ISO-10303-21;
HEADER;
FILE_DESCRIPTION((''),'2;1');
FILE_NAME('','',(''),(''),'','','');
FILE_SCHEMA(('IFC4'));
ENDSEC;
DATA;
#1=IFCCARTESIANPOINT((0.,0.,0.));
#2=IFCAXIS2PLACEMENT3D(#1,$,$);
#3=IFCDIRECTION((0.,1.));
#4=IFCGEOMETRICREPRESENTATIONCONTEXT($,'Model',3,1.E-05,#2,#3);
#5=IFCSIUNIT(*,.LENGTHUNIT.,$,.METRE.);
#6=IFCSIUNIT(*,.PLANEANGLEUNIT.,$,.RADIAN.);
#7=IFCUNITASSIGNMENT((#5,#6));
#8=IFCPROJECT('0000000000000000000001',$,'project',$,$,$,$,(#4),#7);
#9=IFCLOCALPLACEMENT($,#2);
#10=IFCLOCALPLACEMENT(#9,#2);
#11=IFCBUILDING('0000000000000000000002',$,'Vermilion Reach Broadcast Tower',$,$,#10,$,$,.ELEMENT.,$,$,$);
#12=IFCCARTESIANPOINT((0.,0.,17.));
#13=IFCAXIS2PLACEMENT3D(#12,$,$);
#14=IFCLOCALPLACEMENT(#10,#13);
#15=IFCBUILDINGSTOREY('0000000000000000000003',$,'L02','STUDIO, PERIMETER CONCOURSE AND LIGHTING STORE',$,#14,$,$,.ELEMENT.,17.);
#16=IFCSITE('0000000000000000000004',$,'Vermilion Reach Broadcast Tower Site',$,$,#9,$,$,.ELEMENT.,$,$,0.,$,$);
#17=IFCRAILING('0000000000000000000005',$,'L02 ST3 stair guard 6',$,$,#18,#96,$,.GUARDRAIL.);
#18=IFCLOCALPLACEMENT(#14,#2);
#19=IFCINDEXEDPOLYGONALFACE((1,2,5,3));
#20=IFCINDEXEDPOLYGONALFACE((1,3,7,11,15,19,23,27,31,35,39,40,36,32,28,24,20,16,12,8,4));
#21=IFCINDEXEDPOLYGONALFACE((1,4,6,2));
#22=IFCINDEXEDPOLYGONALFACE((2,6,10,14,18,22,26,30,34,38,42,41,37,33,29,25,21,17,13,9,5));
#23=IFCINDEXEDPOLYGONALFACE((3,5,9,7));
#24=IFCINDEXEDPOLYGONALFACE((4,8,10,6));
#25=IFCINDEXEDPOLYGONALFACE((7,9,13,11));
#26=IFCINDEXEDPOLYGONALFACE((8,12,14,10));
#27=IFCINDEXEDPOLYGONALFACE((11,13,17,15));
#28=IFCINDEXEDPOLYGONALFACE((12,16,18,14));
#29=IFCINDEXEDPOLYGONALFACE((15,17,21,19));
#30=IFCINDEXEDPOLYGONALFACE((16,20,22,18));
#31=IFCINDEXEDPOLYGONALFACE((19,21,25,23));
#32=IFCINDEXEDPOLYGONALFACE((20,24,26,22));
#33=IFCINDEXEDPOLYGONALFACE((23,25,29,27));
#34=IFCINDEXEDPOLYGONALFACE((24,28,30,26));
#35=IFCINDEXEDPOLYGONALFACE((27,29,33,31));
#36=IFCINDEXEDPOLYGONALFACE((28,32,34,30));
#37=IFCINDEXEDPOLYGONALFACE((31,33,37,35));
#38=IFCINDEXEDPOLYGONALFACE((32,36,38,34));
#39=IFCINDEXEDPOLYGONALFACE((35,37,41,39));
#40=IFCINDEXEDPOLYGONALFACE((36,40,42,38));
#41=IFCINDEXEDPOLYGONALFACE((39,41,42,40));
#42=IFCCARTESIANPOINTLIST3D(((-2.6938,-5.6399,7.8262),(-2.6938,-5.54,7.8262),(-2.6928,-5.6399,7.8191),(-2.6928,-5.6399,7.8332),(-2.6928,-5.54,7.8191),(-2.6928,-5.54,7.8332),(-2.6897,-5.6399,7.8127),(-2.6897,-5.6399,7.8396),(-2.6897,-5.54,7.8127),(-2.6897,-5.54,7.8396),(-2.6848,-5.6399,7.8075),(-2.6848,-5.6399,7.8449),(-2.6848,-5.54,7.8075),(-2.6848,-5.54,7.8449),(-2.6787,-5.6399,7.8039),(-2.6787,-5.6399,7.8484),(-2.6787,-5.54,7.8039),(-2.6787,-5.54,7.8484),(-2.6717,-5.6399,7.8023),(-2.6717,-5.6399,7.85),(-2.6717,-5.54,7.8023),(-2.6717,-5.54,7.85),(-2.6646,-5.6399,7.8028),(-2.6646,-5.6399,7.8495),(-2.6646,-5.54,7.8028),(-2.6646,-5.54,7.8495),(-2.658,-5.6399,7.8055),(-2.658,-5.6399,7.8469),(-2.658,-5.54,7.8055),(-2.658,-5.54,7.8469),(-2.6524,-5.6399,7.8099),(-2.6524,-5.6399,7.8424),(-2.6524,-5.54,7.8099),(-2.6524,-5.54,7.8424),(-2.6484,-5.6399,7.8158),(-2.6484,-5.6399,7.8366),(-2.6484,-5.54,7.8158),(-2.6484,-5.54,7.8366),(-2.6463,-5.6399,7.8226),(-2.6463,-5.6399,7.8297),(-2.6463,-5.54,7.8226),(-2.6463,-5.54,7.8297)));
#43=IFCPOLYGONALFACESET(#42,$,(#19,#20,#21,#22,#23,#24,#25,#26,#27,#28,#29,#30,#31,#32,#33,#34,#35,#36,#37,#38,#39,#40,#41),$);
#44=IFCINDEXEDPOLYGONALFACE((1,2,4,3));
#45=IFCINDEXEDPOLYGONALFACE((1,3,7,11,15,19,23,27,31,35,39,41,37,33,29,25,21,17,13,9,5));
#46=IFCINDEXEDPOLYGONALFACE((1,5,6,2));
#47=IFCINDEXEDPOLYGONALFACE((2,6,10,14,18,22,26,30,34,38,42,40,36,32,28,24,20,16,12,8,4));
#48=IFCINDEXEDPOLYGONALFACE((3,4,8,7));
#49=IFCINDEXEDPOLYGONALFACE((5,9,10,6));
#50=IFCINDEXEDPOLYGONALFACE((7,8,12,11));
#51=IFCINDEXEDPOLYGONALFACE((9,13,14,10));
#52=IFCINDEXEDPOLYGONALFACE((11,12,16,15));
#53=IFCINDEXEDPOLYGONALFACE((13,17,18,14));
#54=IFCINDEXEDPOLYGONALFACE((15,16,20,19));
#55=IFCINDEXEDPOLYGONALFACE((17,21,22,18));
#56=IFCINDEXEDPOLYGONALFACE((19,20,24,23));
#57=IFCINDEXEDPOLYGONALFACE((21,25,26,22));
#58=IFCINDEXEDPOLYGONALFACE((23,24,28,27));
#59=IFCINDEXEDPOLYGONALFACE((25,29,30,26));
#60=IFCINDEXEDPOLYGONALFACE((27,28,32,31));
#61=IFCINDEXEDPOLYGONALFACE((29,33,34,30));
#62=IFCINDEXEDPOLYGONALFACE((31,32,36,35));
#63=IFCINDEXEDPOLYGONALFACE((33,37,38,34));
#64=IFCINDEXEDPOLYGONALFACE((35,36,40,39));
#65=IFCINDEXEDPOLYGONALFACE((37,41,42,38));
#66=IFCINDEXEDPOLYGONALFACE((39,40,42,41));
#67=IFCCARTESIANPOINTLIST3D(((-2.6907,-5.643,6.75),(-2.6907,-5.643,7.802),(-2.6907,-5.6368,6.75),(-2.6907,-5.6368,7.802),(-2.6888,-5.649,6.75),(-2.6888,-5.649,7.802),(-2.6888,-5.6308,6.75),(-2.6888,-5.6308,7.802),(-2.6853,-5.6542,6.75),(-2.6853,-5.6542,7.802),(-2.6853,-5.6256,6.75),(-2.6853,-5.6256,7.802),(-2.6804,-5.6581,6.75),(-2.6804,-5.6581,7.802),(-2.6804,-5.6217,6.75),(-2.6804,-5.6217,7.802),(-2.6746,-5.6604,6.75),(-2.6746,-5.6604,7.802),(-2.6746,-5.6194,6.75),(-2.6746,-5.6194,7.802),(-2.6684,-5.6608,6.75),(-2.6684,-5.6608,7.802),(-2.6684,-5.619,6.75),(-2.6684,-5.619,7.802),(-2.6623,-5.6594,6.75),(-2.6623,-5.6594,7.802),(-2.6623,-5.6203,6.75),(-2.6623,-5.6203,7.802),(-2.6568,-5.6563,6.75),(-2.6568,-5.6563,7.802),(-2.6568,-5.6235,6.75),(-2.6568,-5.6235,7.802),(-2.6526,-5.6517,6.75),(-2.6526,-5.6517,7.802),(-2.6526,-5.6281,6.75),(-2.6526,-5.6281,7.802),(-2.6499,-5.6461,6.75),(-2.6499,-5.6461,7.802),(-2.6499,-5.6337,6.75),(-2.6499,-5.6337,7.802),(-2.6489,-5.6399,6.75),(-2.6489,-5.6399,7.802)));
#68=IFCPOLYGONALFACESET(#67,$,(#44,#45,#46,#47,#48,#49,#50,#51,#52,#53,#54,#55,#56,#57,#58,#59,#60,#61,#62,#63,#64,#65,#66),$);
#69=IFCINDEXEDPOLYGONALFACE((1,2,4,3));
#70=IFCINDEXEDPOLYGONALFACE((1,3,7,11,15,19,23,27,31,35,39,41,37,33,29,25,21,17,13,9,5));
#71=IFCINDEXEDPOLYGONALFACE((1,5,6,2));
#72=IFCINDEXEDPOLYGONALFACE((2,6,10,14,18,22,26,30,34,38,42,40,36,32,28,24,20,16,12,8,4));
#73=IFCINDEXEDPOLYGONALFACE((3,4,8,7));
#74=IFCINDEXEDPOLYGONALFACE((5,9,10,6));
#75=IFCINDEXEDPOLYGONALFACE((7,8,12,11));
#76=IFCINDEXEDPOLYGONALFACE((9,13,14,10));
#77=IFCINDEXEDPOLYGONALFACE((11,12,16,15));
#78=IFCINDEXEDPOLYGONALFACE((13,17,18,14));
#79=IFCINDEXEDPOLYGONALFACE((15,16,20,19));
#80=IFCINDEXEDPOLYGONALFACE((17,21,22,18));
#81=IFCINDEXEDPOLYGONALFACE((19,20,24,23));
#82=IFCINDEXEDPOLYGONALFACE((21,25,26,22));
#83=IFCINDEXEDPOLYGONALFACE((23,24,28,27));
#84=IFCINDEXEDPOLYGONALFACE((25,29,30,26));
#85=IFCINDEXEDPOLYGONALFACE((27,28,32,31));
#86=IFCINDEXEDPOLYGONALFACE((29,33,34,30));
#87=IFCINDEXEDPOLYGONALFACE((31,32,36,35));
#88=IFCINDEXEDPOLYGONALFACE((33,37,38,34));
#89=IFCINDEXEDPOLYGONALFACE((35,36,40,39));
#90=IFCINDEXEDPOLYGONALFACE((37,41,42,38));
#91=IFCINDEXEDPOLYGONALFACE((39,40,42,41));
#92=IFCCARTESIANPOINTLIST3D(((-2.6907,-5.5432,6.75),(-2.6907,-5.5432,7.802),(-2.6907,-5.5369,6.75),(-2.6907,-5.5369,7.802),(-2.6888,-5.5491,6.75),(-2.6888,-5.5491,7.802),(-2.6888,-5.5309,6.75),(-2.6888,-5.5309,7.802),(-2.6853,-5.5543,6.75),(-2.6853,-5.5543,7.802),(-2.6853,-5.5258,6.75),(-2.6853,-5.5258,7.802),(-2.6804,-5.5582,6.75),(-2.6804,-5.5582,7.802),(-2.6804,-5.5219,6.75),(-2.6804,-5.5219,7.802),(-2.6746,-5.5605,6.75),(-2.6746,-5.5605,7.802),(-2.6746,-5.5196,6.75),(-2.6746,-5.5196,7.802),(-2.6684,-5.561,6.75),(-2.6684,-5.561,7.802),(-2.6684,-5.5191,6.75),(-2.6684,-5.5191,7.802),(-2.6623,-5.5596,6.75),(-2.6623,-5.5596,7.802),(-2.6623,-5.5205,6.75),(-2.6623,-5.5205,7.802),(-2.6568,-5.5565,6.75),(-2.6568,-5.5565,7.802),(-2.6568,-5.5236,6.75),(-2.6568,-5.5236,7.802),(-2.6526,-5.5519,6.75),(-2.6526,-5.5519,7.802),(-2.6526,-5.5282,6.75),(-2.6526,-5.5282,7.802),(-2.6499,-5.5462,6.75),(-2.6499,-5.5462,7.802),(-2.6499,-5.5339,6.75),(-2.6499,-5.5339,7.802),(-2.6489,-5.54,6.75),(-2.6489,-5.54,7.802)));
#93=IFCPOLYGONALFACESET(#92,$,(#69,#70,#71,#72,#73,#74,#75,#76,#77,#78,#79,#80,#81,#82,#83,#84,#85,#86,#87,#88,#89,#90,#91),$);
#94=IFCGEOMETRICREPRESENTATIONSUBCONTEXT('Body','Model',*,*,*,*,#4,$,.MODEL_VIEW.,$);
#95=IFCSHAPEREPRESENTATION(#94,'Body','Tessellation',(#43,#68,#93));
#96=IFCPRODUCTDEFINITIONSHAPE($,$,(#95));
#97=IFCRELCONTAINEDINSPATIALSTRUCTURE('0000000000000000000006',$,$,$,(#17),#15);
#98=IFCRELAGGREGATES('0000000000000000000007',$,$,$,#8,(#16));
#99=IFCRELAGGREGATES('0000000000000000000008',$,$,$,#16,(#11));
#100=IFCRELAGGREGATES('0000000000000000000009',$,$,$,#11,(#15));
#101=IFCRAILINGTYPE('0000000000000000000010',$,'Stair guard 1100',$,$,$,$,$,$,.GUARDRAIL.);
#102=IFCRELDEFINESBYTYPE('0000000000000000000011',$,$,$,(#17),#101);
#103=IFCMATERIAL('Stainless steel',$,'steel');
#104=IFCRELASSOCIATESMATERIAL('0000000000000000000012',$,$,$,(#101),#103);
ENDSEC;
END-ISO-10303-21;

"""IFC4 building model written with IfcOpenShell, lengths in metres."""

from ifc_helpers import new_model, si_unit, direction, frame, origin, origin_2d, place, context, subcontext, project, spatial, circle, extrude, material, type_object, element, save


model = new_model("IFC4")

# Units and contexts
model_context = context("Model", 3, precision=1e-05, world=origin(), true_north=direction((0.0, 1.0)))
body_context = subcontext(model_context, "Body", "Model", "MODEL_VIEW")
ifc_project = project(units=[si_unit("LENGTHUNIT", "METRE"), si_unit("PLANEANGLEUNIT", "RADIAN")], contexts=[model_context])

# Site, building, storey
site_placement = place(None, origin())
site = spatial("IfcSite", under=ifc_project, at=site_placement, Name="Vermilion Reach Broadcast Tower Site", CompositionType="ELEMENT", RefElevation=0.0)
building_placement = place(site_placement, origin())
building = spatial("IfcBuilding", under=site, at=building_placement, Name="Vermilion Reach Broadcast Tower", CompositionType="ELEMENT")
storey_placement = place(building_placement, frame((0.0, 0.0, 17.0)))
storey = spatial("IfcBuildingStorey", under=building, at=storey_placement, Name="L02", Description="STUDIO, PERIMETER CONCOURSE AND LIGHTING STORE", CompositionType="ELEMENT", Elevation=17.0)

# Railing
ifc_material_1 = material(Name="Stainless steel", Category="steel")
railing_type_1 = type_object("IfcRailingType", Name="Stair guard 1100", PredefinedType="GUARDRAIL", material=ifc_material_1)
railing_1_placement = place(storey_placement, frame((-2.6699, -5.6399, 6.75)))
element("IfcRailing", 1, at=railing_1_placement, inside=storey, type_object=railing_type_1, Name="L02 ST3 stair guard 6", PredefinedType="GUARDRAIL", context=body_context, shape_type="SweptSolid", body=[
    extrude(circle(Radius=0.0239, at=origin_2d()), frame((0.0, 0.0, 1.0762), z_axis=(0.0, 1.0, 0.0), x_axis=(-1.0, 0.0, 0.0)), (0.0, 0.0, 1.0), 0.0999),
    extrude(circle(Radius=0.021, at=origin_2d()), origin(), (0.0, 0.0, 1.0), 1.052),
    extrude(circle(Radius=0.021, at=origin_2d()), frame((0.0, 0.0999, 0.0)), (0.0, 0.0, 1.0), 1.052),
])

save(model, "model.ifc")
